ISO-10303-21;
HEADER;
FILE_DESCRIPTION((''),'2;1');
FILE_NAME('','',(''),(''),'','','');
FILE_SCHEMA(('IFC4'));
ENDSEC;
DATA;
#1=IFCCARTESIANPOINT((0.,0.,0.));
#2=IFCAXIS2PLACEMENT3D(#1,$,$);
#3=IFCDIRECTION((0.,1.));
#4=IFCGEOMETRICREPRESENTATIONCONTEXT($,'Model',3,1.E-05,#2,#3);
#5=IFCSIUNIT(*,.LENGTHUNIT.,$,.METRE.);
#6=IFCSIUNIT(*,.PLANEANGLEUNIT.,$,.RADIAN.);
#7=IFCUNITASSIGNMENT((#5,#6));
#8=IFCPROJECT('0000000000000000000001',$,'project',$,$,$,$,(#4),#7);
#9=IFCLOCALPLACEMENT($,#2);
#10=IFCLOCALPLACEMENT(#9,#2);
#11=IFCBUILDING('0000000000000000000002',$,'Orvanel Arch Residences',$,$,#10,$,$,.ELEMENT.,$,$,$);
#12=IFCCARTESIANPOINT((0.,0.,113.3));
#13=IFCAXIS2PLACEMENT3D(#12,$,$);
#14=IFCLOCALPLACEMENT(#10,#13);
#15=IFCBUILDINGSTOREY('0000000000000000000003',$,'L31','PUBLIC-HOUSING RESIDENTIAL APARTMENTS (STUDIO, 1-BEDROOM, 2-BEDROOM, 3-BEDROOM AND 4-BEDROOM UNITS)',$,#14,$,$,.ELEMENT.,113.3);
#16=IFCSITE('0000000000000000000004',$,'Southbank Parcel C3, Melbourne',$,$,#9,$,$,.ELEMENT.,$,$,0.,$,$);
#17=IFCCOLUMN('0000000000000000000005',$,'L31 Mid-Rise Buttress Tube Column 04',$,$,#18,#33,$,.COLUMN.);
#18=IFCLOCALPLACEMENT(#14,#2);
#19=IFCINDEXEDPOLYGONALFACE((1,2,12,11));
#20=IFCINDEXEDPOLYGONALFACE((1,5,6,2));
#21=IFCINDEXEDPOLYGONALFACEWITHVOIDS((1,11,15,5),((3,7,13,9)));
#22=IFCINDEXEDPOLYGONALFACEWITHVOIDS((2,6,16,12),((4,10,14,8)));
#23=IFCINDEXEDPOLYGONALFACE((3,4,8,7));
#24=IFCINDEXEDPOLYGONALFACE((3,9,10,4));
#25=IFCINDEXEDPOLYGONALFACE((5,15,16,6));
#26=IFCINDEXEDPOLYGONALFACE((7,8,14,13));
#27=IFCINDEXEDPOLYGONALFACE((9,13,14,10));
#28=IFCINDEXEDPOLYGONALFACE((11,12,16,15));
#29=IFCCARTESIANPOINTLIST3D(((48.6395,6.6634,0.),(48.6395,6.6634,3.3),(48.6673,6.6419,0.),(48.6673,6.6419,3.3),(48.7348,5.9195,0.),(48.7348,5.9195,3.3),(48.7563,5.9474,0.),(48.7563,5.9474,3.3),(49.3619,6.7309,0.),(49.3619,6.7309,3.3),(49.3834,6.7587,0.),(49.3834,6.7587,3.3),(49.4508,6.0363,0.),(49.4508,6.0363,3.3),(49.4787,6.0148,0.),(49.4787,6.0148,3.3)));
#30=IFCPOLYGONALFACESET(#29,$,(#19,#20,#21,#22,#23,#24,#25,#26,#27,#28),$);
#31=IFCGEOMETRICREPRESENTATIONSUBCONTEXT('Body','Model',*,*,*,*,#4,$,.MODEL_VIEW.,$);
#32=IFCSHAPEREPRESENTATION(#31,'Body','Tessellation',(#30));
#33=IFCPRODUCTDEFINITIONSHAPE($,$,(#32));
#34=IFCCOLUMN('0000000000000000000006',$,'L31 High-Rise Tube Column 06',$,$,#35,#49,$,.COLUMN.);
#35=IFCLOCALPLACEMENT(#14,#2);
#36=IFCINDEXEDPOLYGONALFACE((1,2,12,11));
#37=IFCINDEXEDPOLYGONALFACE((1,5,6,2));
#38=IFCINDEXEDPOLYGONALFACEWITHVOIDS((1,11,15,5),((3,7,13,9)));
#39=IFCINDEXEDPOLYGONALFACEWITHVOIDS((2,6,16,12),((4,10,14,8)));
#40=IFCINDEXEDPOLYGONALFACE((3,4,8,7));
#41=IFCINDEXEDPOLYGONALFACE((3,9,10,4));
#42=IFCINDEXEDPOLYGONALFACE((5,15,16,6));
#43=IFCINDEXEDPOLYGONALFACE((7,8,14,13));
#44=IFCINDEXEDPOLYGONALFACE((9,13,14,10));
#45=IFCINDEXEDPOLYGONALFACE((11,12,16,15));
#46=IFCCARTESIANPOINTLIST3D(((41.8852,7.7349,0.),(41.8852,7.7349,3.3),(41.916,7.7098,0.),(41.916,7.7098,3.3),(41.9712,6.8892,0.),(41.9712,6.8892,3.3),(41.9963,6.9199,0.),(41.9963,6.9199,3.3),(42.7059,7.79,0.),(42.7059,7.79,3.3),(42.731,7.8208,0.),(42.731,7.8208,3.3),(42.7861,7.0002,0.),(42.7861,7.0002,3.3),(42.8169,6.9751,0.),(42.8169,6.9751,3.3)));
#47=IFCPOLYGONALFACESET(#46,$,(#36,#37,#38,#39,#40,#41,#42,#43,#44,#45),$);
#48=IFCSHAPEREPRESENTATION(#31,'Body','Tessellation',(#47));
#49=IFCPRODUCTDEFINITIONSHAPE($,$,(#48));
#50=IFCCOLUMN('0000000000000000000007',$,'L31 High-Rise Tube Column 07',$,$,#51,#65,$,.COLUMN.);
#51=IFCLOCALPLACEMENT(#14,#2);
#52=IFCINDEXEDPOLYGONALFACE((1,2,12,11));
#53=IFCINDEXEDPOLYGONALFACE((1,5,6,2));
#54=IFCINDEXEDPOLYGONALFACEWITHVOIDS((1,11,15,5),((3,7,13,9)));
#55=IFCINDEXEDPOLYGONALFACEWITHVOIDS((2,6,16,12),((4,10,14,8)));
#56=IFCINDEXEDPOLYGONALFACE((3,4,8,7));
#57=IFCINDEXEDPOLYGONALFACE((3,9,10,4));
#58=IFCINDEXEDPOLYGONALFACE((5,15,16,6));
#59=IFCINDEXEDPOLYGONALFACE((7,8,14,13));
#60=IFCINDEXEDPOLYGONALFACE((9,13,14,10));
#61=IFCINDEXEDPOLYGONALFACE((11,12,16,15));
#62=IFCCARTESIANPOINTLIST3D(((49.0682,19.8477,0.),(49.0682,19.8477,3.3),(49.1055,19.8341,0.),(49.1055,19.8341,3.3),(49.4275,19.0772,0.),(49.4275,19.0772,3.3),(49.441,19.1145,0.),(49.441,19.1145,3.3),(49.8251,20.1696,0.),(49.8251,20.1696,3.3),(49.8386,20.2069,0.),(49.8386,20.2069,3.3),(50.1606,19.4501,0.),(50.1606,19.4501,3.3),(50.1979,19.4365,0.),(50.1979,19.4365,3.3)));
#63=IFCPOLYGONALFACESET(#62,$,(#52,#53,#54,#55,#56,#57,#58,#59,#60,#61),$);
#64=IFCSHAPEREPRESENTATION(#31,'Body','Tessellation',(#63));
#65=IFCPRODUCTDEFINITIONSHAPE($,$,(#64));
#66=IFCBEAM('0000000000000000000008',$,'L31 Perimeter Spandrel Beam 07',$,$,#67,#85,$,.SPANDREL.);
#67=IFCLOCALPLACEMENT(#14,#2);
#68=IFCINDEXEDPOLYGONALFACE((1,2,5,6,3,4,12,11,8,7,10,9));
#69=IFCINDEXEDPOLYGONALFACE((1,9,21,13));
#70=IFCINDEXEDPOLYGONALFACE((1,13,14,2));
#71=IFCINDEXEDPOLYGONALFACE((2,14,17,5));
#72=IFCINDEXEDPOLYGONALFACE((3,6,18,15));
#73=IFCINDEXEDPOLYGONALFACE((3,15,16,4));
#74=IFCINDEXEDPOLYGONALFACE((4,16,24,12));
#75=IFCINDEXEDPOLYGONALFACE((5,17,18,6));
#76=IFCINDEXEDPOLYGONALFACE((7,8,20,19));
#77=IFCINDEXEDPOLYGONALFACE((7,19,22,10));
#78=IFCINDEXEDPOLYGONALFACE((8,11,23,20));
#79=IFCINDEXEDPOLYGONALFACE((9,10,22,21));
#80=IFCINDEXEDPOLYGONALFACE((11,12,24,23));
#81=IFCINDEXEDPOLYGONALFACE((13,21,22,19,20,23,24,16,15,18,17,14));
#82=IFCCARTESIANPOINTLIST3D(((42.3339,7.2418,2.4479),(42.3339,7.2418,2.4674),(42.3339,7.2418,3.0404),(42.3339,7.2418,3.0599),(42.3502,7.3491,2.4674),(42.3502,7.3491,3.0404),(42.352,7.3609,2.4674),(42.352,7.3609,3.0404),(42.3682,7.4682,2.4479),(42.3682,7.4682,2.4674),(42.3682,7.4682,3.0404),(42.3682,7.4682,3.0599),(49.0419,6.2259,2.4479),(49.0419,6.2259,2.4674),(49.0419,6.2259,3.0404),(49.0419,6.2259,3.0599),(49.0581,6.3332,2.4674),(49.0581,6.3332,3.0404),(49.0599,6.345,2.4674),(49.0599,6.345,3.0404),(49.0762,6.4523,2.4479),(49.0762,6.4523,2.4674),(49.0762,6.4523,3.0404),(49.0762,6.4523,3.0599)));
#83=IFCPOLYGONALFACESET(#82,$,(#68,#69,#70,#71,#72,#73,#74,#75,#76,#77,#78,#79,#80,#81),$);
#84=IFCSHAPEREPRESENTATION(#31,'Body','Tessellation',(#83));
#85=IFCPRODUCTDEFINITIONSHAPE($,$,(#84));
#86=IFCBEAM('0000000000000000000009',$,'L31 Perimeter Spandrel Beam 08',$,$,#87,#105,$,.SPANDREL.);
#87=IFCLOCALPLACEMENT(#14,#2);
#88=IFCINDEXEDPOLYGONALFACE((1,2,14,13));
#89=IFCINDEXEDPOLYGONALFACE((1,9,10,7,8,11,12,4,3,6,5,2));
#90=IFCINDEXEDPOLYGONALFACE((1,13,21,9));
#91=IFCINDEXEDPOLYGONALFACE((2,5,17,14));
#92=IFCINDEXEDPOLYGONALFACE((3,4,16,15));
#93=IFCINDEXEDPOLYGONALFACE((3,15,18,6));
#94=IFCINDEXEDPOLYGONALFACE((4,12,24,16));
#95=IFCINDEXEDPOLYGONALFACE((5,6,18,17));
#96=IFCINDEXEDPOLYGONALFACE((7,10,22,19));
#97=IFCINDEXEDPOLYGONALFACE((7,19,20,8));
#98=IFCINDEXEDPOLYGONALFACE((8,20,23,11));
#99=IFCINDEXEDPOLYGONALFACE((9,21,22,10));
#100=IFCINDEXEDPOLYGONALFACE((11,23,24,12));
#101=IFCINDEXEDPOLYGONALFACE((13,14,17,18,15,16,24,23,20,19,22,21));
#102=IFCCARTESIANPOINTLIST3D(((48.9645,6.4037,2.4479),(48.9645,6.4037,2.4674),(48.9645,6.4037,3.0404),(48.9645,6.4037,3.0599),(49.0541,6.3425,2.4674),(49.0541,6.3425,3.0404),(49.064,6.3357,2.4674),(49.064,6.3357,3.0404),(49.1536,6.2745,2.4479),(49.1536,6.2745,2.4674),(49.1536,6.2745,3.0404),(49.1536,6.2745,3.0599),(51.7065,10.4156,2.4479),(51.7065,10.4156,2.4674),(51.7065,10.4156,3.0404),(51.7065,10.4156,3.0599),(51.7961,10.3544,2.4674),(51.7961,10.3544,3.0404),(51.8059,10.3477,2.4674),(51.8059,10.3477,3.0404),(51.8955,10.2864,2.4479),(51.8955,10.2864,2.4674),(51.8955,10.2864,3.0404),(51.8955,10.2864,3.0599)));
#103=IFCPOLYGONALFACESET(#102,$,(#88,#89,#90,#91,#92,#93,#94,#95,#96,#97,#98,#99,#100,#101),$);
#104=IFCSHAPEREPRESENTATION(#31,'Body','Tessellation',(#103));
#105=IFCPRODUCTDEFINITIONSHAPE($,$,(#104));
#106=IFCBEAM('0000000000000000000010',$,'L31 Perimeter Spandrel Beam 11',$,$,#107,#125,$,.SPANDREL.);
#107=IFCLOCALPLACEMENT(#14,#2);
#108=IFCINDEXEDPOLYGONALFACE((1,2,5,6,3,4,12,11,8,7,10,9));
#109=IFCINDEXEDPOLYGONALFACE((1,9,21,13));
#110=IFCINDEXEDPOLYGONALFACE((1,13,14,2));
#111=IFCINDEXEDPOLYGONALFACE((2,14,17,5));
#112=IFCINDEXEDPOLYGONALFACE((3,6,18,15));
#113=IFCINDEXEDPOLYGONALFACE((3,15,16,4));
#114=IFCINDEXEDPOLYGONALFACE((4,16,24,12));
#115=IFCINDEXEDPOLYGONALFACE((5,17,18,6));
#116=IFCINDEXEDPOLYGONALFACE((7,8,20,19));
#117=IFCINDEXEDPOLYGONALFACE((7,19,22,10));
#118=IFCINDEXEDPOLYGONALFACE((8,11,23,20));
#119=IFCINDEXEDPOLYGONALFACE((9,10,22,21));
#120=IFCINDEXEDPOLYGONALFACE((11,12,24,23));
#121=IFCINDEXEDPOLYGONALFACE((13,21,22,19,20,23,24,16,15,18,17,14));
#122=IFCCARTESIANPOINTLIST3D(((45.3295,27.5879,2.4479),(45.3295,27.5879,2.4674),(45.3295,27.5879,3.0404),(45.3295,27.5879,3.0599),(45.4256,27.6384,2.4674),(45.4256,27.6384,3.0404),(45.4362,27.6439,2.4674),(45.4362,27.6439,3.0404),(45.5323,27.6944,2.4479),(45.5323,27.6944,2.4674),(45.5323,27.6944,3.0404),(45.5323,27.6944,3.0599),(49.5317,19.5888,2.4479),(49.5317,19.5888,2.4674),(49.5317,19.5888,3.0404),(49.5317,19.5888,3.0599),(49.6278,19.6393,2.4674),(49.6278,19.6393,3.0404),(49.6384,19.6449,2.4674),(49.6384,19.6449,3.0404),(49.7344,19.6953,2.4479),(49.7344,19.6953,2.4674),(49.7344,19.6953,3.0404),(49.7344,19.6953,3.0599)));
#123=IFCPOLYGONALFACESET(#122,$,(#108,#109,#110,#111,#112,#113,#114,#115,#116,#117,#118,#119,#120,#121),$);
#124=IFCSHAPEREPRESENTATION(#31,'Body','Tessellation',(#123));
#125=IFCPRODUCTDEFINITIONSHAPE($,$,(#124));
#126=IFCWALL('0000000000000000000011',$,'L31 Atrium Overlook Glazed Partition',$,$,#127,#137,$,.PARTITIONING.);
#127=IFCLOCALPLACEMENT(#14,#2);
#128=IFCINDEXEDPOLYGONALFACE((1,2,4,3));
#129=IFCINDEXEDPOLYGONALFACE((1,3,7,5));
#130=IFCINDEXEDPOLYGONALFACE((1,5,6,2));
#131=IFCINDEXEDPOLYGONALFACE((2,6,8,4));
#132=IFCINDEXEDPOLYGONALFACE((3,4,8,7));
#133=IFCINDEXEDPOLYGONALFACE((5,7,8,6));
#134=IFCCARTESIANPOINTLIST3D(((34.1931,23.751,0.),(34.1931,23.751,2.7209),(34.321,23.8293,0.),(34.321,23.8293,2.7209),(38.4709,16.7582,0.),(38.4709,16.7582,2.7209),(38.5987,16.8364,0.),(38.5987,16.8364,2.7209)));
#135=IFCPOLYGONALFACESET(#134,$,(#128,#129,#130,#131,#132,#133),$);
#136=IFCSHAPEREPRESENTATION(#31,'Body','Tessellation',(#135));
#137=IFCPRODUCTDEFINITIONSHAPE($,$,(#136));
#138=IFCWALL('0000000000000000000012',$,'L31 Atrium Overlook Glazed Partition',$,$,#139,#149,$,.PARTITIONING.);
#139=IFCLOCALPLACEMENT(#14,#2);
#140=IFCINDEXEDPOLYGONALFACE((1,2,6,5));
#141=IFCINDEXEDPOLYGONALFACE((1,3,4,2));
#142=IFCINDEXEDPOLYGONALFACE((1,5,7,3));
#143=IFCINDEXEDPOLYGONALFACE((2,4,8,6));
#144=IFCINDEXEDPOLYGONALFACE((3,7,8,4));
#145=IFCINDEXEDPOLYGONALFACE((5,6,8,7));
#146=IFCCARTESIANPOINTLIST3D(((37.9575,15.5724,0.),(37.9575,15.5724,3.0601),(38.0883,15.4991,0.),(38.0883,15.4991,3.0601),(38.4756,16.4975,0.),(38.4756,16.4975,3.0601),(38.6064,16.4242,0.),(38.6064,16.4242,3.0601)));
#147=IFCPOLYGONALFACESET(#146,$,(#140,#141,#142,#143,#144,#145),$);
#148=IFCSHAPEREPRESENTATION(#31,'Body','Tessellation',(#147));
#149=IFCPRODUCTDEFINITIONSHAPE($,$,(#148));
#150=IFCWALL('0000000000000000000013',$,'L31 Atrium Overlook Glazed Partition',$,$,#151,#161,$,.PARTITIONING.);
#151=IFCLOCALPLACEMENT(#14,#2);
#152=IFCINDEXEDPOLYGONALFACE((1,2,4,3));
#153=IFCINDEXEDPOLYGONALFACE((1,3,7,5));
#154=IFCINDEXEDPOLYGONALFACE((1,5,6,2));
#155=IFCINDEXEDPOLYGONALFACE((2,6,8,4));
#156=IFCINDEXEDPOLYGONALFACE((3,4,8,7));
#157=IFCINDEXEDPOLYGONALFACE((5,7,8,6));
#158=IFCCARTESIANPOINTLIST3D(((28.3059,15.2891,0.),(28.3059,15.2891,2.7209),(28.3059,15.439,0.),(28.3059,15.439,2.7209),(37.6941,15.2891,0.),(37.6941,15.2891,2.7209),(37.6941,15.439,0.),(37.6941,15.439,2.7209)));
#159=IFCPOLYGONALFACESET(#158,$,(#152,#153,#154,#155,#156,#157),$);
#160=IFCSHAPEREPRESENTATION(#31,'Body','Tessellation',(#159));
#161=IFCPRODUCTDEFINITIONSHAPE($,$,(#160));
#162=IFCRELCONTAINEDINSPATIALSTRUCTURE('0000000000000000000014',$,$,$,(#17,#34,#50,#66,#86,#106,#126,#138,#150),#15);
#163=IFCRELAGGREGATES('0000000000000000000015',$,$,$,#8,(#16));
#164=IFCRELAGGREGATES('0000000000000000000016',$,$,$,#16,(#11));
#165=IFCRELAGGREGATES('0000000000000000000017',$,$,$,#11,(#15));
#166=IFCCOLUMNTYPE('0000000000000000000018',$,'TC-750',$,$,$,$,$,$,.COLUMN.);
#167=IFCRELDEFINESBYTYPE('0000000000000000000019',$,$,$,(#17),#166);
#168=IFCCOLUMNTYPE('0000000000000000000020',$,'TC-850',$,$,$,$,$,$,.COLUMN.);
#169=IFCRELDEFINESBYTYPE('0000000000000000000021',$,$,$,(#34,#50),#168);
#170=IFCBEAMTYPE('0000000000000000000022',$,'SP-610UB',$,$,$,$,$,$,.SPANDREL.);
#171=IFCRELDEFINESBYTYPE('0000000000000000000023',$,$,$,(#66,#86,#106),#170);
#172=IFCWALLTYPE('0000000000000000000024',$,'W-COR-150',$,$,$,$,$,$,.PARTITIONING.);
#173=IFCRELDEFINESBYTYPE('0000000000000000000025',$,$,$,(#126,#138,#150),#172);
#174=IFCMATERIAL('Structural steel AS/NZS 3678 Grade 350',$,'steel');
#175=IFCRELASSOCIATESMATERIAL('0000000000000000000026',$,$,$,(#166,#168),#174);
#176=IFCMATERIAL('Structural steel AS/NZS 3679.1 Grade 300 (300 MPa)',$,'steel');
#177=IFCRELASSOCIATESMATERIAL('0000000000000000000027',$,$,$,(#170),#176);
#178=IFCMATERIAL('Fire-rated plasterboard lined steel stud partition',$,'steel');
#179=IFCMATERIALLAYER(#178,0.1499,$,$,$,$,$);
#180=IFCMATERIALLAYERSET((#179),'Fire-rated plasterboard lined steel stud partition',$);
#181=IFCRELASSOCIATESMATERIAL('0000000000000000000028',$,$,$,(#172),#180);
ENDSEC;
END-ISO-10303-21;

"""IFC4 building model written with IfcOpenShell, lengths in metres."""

from ifc_helpers import new_model, si_unit, direction, frame, frame_2d, origin, origin_2d, place, context, subcontext, project, spatial, rectangle, hollow_rectangle, i_section, extrude, material, layer, layer_set, material_profile, profile_set, type_object, element, save


model = new_model("IFC4")

# Units and contexts
model_context = context("Model", 3, precision=1e-05, world=origin(), true_north=direction((0.0, 1.0)))
body_context = subcontext(model_context, "Body", "Model", "MODEL_VIEW")
ifc_project = project(units=[si_unit("LENGTHUNIT", "METRE"), si_unit("PLANEANGLEUNIT", "RADIAN")], contexts=[model_context])

# Site, building, storey
site_placement = place(None, origin())
site = spatial("IfcSite", under=ifc_project, at=site_placement, Name="Southbank Parcel C3, Melbourne", CompositionType="ELEMENT", RefElevation=0.0)
building_placement = place(site_placement, origin())
building = spatial("IfcBuilding", under=site, at=building_placement, Name="Orvanel Arch Residences", CompositionType="ELEMENT")
storey_placement = place(building_placement, frame((0.0, 0.0, 113.3)))
storey = spatial("IfcBuildingStorey", under=building, at=storey_placement, Name="L31", Description="PUBLIC-HOUSING RESIDENTIAL APARTMENTS (STUDIO, 1-BEDROOM, 2-BEDROOM, 3-BEDROOM AND 4-BEDROOM UNITS)", CompositionType="ELEMENT", Elevation=113.3)

# Columns
ifc_material_1 = material(Name="Structural steel AS/NZS 3678 Grade 350", Category="steel")
ifc_material_profile_1 = material_profile(ifc_material_1, hollow_rectangle(XDim=0.75, YDim=0.75, WallThickness=0.0249, at=origin_2d()), Name="BOX750x750x25")
ifc_profile_set_1 = profile_set([ifc_material_profile_1], Name="Structural steel AS/NZS 3678 Grade 350")
column_type_1 = type_object("IfcColumnType", Name="TC-750", PredefinedType="COLUMN", material=ifc_profile_set_1)
column_placement = place(storey_placement, frame((49.0591, 6.3391, 0.0), z_axis=(0.0, 0.0, 1.0), x_axis=(0.991894, 0.127065, 0.0)))
element("IfcColumn", 1, at=column_placement, inside=storey, type_object=column_type_1, Name="L31 Mid-Rise Buttress Tube Column 04", PredefinedType="COLUMN", context=body_context, shape_type="SweptSolid", body=[
    extrude(hollow_rectangle(XDim=0.75, YDim=0.75, WallThickness=0.0249, at=origin_2d()), origin(), (0.0, 0.0, 1.0), 3.3),
])
ifc_material_profile_2 = material_profile(ifc_material_1, hollow_rectangle(XDim=0.8501, YDim=0.8501, WallThickness=0.0281, at=origin_2d()), Name="BOX850x850x28")
ifc_profile_set_2 = profile_set([ifc_material_profile_2], Name="Structural steel AS/NZS 3678 Grade 350")
column_type_2 = type_object("IfcColumnType", Name="TC-850", PredefinedType="COLUMN", material=ifc_profile_set_2)
for number, where, z_axis, x_axis, name in (
    (2, (42.3511, 7.355, 0.0), (0.0, 0.0, 1.0), (0.994881, 0.101056, 0.0), "L31 High-Rise Tube Column 06"),
    (3, (49.6331, 19.6421, 0.0), (0.0, 0.0, 1.0), (-0.422618, 0.906308, 0.0), "L31 High-Rise Tube Column 07"),
):
    element("IfcColumn", number, at=place(storey_placement, frame(where, z_axis=z_axis, x_axis=x_axis)), inside=storey, type_object=column_type_2, Name=name, PredefinedType="COLUMN", context=body_context, shape_type="SweptSolid", body=[
        extrude(hollow_rectangle(XDim=0.8501, YDim=0.8501, WallThickness=0.0281, at=origin_2d()), origin(), (0.0, 0.0, 1.0), 3.3),
    ])

# Beams
ifc_material_2 = material(Name="Structural steel AS/NZS 3679.1 Grade 300 (300 MPa)", Category="steel")
ifc_material_profile_3 = material_profile(ifc_material_2, i_section(OverallWidth=0.229, OverallDepth=0.6121, WebThickness=0.012, FlangeThickness=0.0195, at=origin_2d()), Name="610UB125")
ifc_profile_set_3 = profile_set([ifc_material_profile_3], Name="Structural steel AS/NZS 3679.1 Grade 300 (300 MPa)")
beam_type = type_object("IfcBeamType", Name="SP-610UB", PredefinedType="SPANDREL", material=ifc_profile_set_3)
beam_1_placement = place(storey_placement, frame((42.3511, 7.355, 2.7539), z_axis=(0.988726, -0.149734, 0.0), x_axis=(0.149734, 0.988726, 0.0)))
element("IfcBeam", 4, at=beam_1_placement, inside=storey, type_object=beam_type, Name="L31 Perimeter Spandrel Beam 07", PredefinedType="SPANDREL", context=body_context, shape_type="SweptSolid", body=[
    extrude(i_section(OverallWidth=0.229, OverallDepth=0.6121, WebThickness=0.012, FlangeThickness=0.0195, at=origin_2d()), origin(), (0.0, 0.0, 1.0), 6.7844),
])
beam_2_placement = place(storey_placement, frame((49.0591, 6.3391, 2.7539), z_axis=(0.564252, 0.825603, 0.0), x_axis=(-0.825603, 0.564252, 0.0)))
element("IfcBeam", 5, at=beam_2_placement, inside=storey, type_object=beam_type, Name="L31 Perimeter Spandrel Beam 08", PredefinedType="SPANDREL", context=body_context, shape_type="SweptSolid", body=[
    extrude(i_section(OverallWidth=0.229, OverallDepth=0.6121, WebThickness=0.012, FlangeThickness=0.0195, at=origin_2d()), origin(), (0.0, 0.0, 1.0), 4.8594),
])
beam_3_placement = place(storey_placement, frame((49.6331, 19.6421, 2.7539), z_axis=(-0.465065, 0.885277, 0.0), x_axis=(-0.885277, -0.465065, 0.0)))
element("IfcBeam", 6, at=beam_3_placement, inside=storey, type_object=beam_type, Name="L31 Perimeter Spandrel Beam 11", PredefinedType="SPANDREL", context=body_context, shape_type="SweptSolid", body=[
    extrude(i_section(OverallWidth=0.229, OverallDepth=0.6121, WebThickness=0.012, FlangeThickness=0.0195, at=origin_2d()), origin(), (0.0, 0.0, 1.0), 9.0356),
])

# Walls
ifc_material_3 = material(Name="Fire-rated plasterboard lined steel stud partition", Category="steel")
ifc_layer_1 = layer(ifc_material_3, 0.1499)
ifc_layer_set_1 = layer_set([ifc_layer_1], Name="Fire-rated plasterboard lined steel stud partition")
wall_type_1 = type_object("IfcWallType", Name="W-COR-150", PredefinedType="PARTITIONING", material=ifc_layer_set_1)
wall_1_placement = place(storey_placement, frame((34.2571, 23.79, 0.0), z_axis=(0.0, 0.0, 1.0), x_axis=(0.521839, -0.853044, 0.0)))
element("IfcWall", 7, at=wall_1_placement, inside=storey, type_object=wall_type_1, Name="L31 Atrium Overlook Glazed Partition", PredefinedType="PARTITIONING", context=body_context, shape_type="SweptSolid", body=[
    extrude(rectangle(XDim=8.1975, YDim=0.1499, at=frame_2d((4.0986, 0.0))), origin(), (0.0, 0.0, 1.0), 2.7209),
])
wall_2_placement = place(storey_placement, frame((38.541, 16.4609, 0.0), z_axis=(0.0, 0.0, 1.0), x_axis=(-0.488631, -0.87249, 0.0)))
element("IfcWall", 8, at=wall_2_placement, inside=storey, type_object=wall_type_1, Name="L31 Atrium Overlook Glazed Partition", PredefinedType="PARTITIONING", context=body_context, shape_type="SweptSolid", body=[
    extrude(rectangle(XDim=1.0603, YDim=0.1499, at=frame_2d((0.5303, 0.0))), origin(), (0.0, 0.0, 1.0), 3.0601),
])
wall_3_placement = place(storey_placement, frame((37.6941, 15.364, 0.0), z_axis=(0.0, 0.0, 1.0), x_axis=(-1.0, 0.0, 0.0)))
element("IfcWall", 9, at=wall_3_placement, inside=storey, type_object=wall_type_1, Name="L31 Atrium Overlook Glazed Partition", PredefinedType="PARTITIONING", context=body_context, shape_type="SweptSolid", body=[
    extrude(rectangle(XDim=9.3882, YDim=0.1499, at=frame_2d((4.6941, 0.0))), origin(), (0.0, 0.0, 1.0), 2.7209),
])

save(model, "model.ifc")
